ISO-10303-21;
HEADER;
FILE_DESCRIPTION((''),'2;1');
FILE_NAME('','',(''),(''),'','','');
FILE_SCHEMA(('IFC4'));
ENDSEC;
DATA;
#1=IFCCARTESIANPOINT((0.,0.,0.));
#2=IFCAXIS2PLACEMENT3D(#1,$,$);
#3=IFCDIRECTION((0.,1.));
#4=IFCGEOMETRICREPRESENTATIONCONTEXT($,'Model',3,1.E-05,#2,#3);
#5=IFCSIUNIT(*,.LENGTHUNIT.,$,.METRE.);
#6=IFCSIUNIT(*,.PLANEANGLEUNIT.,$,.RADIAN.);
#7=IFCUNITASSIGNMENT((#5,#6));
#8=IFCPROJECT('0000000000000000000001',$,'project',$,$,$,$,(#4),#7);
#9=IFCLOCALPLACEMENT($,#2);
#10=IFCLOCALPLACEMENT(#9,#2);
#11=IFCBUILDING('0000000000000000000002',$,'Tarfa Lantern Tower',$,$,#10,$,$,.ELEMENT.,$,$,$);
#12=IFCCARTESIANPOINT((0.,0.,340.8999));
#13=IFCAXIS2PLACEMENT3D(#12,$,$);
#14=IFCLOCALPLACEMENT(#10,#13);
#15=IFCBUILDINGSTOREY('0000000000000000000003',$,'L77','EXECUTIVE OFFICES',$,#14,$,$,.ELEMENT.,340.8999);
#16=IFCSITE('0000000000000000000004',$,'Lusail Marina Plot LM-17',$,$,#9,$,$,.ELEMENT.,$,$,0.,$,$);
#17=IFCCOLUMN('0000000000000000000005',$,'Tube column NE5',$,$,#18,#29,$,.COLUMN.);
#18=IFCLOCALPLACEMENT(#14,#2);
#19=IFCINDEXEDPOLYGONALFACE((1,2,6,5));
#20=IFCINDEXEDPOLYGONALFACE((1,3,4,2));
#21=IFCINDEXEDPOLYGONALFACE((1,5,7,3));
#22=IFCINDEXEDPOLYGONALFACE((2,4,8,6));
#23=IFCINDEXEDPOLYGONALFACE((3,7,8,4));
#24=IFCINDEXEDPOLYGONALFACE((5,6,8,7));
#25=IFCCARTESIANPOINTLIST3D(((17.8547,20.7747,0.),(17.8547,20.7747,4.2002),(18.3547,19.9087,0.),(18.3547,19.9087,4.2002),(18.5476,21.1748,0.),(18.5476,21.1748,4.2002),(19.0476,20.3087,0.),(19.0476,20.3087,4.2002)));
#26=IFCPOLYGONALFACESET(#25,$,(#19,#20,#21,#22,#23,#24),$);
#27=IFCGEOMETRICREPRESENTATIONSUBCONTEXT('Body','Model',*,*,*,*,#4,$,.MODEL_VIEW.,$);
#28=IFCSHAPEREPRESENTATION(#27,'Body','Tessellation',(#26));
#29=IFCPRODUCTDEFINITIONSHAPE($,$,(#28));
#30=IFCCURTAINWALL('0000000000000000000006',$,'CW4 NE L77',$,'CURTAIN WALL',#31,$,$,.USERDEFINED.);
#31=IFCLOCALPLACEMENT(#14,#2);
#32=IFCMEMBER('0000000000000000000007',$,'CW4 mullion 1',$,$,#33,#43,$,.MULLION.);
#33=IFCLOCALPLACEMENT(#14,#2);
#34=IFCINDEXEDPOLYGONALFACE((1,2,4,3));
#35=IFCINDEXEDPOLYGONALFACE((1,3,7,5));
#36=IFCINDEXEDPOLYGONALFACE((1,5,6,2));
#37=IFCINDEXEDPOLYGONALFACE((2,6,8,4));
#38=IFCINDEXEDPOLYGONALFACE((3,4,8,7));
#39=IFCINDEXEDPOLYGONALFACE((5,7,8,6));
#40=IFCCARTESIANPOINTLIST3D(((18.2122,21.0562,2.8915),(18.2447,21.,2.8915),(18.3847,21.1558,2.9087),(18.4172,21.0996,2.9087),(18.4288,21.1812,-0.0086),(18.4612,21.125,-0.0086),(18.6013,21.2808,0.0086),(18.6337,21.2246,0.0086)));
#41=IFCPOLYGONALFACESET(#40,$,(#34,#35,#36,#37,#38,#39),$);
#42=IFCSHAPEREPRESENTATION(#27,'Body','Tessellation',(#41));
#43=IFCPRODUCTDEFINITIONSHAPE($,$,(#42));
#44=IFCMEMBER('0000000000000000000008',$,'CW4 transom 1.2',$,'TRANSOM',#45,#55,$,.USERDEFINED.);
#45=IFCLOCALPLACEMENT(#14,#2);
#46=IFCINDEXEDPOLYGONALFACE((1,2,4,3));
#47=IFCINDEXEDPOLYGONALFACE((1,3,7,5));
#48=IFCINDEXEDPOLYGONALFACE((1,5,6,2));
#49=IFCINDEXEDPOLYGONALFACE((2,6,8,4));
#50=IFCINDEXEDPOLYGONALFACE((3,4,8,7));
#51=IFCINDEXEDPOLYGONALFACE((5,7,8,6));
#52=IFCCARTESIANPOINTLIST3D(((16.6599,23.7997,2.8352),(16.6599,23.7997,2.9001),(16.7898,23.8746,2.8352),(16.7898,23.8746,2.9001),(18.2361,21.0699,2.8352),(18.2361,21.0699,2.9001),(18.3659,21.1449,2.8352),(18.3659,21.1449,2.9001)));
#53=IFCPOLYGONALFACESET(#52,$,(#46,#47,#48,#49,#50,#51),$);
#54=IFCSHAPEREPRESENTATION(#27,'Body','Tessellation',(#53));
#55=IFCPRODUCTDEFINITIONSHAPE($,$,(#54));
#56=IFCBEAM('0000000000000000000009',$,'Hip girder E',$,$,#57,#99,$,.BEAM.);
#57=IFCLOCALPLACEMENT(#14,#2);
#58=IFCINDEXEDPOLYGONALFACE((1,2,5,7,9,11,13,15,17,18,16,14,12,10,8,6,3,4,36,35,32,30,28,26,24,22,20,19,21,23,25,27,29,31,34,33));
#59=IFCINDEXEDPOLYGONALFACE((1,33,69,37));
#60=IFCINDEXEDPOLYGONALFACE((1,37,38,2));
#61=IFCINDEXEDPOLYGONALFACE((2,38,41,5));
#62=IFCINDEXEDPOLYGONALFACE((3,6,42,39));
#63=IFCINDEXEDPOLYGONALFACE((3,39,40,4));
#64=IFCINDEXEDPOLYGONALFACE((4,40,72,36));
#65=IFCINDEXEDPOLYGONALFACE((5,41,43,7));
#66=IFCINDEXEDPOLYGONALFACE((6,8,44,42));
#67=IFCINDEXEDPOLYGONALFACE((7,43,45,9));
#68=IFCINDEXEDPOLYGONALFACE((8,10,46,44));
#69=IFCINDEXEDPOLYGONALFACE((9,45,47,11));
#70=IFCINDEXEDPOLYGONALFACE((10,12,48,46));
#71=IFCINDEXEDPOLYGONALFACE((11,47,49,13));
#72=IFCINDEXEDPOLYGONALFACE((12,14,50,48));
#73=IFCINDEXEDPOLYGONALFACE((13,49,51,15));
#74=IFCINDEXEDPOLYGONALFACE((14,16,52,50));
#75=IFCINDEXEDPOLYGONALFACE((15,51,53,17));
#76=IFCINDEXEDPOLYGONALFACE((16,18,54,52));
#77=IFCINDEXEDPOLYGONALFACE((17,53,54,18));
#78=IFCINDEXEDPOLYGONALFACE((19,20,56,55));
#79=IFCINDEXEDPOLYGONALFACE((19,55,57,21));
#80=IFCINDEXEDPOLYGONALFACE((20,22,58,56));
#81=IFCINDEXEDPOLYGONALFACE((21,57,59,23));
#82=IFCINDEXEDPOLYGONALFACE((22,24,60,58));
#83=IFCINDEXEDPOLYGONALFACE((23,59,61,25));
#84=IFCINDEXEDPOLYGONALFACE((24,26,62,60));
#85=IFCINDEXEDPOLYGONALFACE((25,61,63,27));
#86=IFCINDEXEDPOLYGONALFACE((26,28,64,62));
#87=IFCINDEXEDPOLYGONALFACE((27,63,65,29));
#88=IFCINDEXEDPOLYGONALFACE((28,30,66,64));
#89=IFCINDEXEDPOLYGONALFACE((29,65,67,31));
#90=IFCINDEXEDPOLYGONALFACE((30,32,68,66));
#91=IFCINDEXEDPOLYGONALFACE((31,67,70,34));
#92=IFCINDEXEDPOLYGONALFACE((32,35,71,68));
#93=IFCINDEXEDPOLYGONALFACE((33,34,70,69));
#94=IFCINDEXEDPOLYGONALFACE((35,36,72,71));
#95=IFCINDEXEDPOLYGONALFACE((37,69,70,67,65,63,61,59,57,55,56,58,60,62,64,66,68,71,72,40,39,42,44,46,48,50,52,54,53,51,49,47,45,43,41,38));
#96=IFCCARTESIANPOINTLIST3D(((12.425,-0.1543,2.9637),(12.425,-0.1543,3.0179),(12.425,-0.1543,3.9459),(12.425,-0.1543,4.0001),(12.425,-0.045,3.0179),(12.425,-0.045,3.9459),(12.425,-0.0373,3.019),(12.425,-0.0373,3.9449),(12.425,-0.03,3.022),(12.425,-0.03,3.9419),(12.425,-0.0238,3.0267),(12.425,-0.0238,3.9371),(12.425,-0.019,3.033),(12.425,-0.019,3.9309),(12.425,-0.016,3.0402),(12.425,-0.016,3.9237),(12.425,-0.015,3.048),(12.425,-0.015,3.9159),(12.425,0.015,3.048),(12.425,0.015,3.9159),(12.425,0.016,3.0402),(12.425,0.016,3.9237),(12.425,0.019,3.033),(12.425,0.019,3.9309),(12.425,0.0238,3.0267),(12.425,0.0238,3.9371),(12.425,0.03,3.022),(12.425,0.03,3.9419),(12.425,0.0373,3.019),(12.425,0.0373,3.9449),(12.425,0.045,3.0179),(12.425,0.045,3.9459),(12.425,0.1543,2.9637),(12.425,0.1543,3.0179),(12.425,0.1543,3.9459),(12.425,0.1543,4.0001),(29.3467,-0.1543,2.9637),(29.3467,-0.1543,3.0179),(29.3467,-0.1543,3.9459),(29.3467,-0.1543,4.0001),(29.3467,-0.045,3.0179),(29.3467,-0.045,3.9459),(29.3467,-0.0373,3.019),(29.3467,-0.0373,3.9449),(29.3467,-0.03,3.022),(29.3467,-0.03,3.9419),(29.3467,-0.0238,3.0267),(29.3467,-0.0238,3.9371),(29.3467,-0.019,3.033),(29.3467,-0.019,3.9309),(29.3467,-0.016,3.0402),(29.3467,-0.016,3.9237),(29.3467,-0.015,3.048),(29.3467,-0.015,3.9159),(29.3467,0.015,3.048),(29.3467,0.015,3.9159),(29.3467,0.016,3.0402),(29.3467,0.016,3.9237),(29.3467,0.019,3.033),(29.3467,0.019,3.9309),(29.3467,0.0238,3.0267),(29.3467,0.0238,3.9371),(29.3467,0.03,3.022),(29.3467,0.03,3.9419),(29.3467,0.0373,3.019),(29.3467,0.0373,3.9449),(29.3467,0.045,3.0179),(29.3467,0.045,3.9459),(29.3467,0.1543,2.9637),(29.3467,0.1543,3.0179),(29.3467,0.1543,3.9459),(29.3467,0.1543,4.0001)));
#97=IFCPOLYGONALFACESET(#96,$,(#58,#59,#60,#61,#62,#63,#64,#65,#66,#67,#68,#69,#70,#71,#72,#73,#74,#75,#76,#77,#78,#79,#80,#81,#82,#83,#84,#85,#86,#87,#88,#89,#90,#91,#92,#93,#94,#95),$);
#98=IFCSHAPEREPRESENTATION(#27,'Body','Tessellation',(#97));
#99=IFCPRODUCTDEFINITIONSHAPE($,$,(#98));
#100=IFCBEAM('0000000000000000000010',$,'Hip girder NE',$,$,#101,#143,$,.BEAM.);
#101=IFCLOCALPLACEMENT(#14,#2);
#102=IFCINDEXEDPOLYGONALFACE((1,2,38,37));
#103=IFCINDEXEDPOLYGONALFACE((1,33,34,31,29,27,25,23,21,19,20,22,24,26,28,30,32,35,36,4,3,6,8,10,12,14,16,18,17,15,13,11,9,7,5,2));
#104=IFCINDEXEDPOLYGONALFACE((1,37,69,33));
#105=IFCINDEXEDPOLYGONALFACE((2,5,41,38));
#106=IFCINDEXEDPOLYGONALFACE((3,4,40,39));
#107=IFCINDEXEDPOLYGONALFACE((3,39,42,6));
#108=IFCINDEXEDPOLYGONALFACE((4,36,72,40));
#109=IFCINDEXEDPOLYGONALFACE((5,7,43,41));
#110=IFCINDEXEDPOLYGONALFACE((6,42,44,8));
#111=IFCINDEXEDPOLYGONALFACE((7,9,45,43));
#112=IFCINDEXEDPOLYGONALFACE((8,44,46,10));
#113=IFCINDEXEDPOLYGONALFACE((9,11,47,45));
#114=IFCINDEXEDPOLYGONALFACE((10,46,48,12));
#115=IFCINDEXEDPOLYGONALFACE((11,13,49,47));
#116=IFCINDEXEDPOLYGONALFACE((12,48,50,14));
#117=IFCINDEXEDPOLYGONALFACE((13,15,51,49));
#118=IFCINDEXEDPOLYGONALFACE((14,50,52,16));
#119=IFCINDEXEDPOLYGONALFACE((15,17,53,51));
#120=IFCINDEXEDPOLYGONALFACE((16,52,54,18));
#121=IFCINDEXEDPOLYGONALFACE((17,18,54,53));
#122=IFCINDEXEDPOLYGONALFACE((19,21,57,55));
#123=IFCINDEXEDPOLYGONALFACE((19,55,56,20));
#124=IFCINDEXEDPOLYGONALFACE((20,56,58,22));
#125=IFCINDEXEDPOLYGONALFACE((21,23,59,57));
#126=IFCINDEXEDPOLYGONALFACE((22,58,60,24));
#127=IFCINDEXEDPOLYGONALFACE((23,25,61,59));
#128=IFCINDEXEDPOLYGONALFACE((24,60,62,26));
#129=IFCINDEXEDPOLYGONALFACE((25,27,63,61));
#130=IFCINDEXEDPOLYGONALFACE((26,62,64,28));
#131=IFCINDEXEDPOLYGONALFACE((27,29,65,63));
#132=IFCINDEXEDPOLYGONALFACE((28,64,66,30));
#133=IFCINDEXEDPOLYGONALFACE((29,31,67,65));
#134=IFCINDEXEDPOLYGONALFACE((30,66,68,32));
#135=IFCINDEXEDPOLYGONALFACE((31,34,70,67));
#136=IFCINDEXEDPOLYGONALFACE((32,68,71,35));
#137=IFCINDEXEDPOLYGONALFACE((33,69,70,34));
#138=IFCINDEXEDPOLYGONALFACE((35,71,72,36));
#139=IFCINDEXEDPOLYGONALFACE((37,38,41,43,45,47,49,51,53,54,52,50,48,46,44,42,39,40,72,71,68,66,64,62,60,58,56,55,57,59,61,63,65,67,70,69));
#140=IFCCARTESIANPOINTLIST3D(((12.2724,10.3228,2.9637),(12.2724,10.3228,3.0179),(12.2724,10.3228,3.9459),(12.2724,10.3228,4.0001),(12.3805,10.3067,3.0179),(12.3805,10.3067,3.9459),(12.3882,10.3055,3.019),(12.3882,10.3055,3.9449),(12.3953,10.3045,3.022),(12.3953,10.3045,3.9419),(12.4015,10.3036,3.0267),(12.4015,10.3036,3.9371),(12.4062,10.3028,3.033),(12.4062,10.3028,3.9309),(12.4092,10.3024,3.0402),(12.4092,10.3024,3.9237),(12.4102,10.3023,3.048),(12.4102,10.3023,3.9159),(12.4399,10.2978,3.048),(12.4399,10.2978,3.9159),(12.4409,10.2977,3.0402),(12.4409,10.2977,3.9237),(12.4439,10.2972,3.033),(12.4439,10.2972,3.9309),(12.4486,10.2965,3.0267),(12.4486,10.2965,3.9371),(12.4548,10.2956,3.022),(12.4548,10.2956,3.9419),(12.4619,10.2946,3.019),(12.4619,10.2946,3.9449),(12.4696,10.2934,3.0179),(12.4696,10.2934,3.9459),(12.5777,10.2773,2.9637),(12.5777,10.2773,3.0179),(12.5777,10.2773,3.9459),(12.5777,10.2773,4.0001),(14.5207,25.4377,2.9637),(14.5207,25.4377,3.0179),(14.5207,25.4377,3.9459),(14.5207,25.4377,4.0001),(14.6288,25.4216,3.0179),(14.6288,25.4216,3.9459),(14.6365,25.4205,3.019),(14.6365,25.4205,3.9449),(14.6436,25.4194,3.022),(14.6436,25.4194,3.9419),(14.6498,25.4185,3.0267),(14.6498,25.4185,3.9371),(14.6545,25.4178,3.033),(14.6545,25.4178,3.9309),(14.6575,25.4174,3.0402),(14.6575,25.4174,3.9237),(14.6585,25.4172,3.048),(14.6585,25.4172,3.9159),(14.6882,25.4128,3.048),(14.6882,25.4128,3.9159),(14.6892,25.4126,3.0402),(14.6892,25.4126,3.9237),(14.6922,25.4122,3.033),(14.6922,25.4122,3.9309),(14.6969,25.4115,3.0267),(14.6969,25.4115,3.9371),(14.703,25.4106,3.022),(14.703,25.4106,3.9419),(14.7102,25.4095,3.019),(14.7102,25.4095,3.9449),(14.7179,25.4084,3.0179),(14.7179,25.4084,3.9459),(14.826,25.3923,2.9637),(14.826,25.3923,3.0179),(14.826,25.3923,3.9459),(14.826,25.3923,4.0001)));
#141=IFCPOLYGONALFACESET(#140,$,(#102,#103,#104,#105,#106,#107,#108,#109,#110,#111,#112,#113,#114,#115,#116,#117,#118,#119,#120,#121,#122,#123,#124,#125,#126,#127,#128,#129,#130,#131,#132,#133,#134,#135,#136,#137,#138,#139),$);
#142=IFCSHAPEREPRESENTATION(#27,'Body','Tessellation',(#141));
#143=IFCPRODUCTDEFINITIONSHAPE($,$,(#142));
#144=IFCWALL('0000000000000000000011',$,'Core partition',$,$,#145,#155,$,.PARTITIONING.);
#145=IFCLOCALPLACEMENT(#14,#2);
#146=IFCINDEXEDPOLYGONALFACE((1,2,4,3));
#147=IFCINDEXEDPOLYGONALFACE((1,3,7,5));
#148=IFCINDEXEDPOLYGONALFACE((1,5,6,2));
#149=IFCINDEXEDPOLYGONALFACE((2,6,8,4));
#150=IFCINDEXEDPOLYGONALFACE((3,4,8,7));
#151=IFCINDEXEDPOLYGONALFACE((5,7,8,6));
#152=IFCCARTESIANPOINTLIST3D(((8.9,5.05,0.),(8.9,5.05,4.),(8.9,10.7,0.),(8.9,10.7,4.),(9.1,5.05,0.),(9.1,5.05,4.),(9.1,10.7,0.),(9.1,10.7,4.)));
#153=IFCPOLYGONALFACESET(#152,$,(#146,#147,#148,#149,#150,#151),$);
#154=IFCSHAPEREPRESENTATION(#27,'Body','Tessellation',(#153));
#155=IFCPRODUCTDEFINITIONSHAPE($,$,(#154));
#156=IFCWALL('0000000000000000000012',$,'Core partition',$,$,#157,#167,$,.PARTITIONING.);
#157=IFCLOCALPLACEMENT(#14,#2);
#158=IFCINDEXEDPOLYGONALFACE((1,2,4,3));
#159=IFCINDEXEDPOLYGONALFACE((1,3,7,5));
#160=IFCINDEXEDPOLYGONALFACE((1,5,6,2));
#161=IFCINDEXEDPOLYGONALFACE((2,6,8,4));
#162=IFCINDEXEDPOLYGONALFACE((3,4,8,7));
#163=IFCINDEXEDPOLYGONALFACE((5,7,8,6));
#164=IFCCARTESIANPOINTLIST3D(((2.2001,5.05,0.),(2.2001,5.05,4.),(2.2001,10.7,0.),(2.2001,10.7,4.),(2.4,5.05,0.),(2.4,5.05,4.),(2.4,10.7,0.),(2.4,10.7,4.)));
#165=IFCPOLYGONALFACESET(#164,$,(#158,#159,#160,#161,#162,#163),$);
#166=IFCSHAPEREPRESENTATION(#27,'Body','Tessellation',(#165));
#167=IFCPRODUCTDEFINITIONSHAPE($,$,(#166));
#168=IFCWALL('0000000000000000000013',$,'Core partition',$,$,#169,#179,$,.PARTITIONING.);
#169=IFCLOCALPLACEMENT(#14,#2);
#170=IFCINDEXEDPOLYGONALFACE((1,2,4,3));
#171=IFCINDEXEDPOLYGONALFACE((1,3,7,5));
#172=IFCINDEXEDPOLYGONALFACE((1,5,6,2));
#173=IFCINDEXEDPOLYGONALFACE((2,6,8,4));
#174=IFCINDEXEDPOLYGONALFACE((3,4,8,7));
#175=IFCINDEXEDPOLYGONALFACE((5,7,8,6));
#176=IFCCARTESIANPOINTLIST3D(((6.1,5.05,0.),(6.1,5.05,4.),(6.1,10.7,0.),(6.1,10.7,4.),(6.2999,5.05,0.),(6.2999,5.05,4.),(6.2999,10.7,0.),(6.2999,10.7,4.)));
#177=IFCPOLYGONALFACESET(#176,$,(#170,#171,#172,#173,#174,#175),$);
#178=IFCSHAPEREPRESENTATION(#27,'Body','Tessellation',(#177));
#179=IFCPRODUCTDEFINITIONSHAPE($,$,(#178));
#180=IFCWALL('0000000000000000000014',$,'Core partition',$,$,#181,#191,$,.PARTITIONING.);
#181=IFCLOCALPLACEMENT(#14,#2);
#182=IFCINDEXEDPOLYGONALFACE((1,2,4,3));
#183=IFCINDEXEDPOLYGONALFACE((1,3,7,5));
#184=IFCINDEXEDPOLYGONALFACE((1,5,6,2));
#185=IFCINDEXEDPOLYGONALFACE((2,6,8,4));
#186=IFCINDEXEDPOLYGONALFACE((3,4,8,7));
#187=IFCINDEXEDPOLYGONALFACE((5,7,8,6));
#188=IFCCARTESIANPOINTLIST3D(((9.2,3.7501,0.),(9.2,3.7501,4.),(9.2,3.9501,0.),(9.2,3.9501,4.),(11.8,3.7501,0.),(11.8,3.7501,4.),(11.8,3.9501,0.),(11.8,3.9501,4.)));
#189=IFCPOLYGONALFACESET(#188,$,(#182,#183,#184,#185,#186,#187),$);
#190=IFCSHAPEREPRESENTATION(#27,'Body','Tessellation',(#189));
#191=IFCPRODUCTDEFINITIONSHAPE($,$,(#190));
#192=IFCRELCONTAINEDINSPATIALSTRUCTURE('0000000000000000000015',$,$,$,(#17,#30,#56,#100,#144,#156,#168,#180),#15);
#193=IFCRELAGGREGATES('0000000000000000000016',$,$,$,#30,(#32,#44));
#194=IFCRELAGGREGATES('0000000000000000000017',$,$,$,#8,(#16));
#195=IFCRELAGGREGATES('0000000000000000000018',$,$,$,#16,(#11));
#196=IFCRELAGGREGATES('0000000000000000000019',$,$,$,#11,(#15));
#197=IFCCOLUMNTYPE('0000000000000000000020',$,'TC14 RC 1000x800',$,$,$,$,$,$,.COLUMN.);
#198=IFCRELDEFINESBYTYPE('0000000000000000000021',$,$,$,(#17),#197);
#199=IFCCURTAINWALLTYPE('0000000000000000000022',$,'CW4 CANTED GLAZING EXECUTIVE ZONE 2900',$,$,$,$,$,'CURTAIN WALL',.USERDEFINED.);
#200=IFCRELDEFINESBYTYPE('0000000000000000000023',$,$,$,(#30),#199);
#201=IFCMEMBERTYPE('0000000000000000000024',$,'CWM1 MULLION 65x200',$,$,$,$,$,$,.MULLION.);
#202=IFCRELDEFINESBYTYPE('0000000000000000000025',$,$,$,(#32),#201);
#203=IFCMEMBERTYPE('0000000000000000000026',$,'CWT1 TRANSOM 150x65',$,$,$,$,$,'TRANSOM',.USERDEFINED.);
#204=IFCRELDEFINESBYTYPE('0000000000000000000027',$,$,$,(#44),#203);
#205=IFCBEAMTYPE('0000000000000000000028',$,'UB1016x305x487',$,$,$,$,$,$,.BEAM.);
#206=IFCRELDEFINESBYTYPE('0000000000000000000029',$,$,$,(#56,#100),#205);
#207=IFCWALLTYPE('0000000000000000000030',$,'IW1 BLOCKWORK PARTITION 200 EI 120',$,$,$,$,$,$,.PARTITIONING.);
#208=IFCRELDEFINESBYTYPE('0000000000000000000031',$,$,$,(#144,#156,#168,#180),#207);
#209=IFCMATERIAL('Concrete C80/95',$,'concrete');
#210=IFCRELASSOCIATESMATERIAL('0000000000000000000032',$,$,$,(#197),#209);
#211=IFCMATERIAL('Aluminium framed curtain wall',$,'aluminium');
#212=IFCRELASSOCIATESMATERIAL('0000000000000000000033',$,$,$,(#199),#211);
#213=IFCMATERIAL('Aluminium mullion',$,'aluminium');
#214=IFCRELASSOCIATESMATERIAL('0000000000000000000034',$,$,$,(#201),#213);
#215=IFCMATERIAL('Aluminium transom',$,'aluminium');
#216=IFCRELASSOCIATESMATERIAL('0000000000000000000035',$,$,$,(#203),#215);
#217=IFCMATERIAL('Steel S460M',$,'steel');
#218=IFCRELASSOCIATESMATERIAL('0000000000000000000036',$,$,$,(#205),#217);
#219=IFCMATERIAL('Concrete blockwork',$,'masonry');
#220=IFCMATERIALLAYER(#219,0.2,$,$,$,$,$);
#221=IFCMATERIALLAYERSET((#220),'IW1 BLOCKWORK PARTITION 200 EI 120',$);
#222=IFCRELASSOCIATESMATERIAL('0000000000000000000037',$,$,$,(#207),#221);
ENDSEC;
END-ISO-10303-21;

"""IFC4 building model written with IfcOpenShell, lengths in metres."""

from ifc_helpers import new_model, si_unit, direction, frame, frame_2d, origin, origin_2d, place, context, subcontext, project, spatial, rectangle, i_section, extrude, material, layer, layer_set, material_profile, profile_set, type_object, element, aggregate, save


model = new_model("IFC4")

# Units and contexts
model_context = context("Model", 3, precision=1e-05, world=origin(), true_north=direction((0.0, 1.0)))
body_context = subcontext(model_context, "Body", "Model", "MODEL_VIEW")
ifc_project = project(units=[si_unit("LENGTHUNIT", "METRE"), si_unit("PLANEANGLEUNIT", "RADIAN")], contexts=[model_context])

# Site, building, storey
site_placement = place(None, origin())
site = spatial("IfcSite", under=ifc_project, at=site_placement, Name="Lusail Marina Plot LM-17", CompositionType="ELEMENT", RefElevation=0.0)
building_placement = place(site_placement, origin())
building = spatial("IfcBuilding", under=site, at=building_placement, Name="Tarfa Lantern Tower", CompositionType="ELEMENT")
storey_placement = place(building_placement, frame((0.0, 0.0, 340.8999)))
storey = spatial("IfcBuildingStorey", under=building, at=storey_placement, Name="L77", Description="EXECUTIVE OFFICES", CompositionType="ELEMENT", Elevation=340.8999)

# Column
ifc_material_1 = material(Name="Concrete C80/95", Category="concrete")
ifc_material_profile_1 = material_profile(ifc_material_1, rectangle(XDim=1.0, YDim=0.8, at=origin_2d()), Name="RC 1000x800")
ifc_profile_set_1 = profile_set([ifc_material_profile_1], Name="Concrete C80/95")
column_type = type_object("IfcColumnType", Name="TC14 RC 1000x800", PredefinedType="COLUMN", material=ifc_profile_set_1)
column_placement = place(storey_placement, frame((18.4512, 20.5417, 0.0), z_axis=(0.0, 0.0, 1.0), x_axis=(-0.5, 0.866025, 0.0)))
element("IfcColumn", 1, at=column_placement, inside=storey, type_object=column_type, Name="Tube column NE5", PredefinedType="COLUMN", context=body_context, shape_type="SweptSolid", body=[
    extrude(rectangle(XDim=1.0, YDim=0.8, at=origin_2d()), origin(), (0.0, 0.0, 1.0), 4.2002),
])

# Curtain wall, members
ifc_material_2 = material(Name="Aluminium framed curtain wall", Category="aluminium")
curtain_wall_type = type_object("IfcCurtainWallType", Name="CW4 CANTED GLAZING EXECUTIVE ZONE 2900", ElementType="CURTAIN WALL", PredefinedType="USERDEFINED", material=ifc_material_2)
curtain_wall_placement = place(storey_placement, origin())
curtain_wall = element("IfcCurtainWall", 2, at=curtain_wall_placement, inside=storey, type_object=curtain_wall_type, Name="CW4 NE L77", ObjectType="CURTAIN WALL", PredefinedType="USERDEFINED")
ifc_material_3 = material(Name="Aluminium mullion", Category="aluminium")
ifc_material_profile_2 = material_profile(ifc_material_3, rectangle(XDim=0.0649, YDim=0.2, at=origin_2d()), Name="AL MULLION 65x200")
ifc_profile_set_2 = profile_set([ifc_material_profile_2], Name="Aluminium mullion")
member_type_1 = type_object("IfcMemberType", Name="CWM1 MULLION 65x200", PredefinedType="MULLION", material=ifc_profile_set_2)
member_1_placement = place(storey_placement, frame((18.5312, 21.2029, 0.0), z_axis=(-0.074394, -0.042942, 0.996304), x_axis=(0.49992, -0.866072, 0.0)))
member_1 = element("IfcMember", 3, at=member_1_placement, type_object=member_type_1, Name="CW4 mullion 1", PredefinedType="MULLION", context=body_context, shape_type="SweptSolid", body=[
    extrude(rectangle(XDim=0.0649, YDim=0.2, at=origin_2d()), origin(), (0.0, 0.0, 1.0), 2.9109),
])
ifc_material_4 = material(Name="Aluminium transom", Category="aluminium")
ifc_material_profile_3 = material_profile(ifc_material_4, rectangle(XDim=0.1499, YDim=0.0649, at=origin_2d()), Name="AL TRANSOM 150x65")
ifc_profile_set_3 = profile_set([ifc_material_profile_3], Name="Aluminium transom")
member_type_2 = type_object("IfcMemberType", Name="CWT1 TRANSOM 150x65", ElementType="TRANSOM", PredefinedType="USERDEFINED", material=ifc_profile_set_3)
member_2_placement = place(storey_placement, frame((18.301, 21.1074, 2.8677), z_axis=(-0.500038, 0.866004, 0.0), x_axis=(-0.866004, -0.500038, 0.0)))
member_2 = element("IfcMember", 4, at=member_2_placement, type_object=member_type_2, Name="CW4 transom 1.2", ObjectType="TRANSOM", PredefinedType="USERDEFINED", context=body_context, shape_type="SweptSolid", body=[
    extrude(rectangle(XDim=0.1499, YDim=0.0649, at=origin_2d()), origin(), (0.0, 0.0, 1.0), 3.1521),
])
aggregate(curtain_wall, [member_1, member_2])

# Beams
ifc_material_5 = material(Name="Steel S460M", Category="steel")
ifc_material_profile_4 = material_profile(ifc_material_5, i_section(OverallWidth=0.3086, OverallDepth=1.0364, WebThickness=0.03, FlangeThickness=0.0542, FilletRadius=0.03, at=origin_2d()), Name="UB1016x305x487")
ifc_profile_set_4 = profile_set([ifc_material_profile_4], Name="Steel S460M")
beam_type = type_object("IfcBeamType", Name="UB1016x305x487", PredefinedType="BEAM", material=ifc_profile_set_4)
beam_1_placement = place(storey_placement, frame((12.425, 0.0, 3.4819), z_axis=(1.0, 0.0, 0.0), x_axis=(0.0, 1.0, 0.0)))
element("IfcBeam", 5, at=beam_1_placement, inside=storey, type_object=beam_type, Name="Hip girder E", PredefinedType="BEAM", context=body_context, shape_type="SweptSolid", body=[
    extrude(i_section(OverallWidth=0.3086, OverallDepth=1.0364, WebThickness=0.03, FlangeThickness=0.0542, FilletRadius=0.03, at=origin_2d()), origin(), (0.0, 0.0, 1.0), 16.9216),
])
beam_2_placement = place(storey_placement, frame((12.425, 10.3, 3.4819), z_axis=(0.147127, 0.989118, 0.0), x_axis=(-0.989118, 0.147127, 0.0)))
element("IfcBeam", 6, at=beam_2_placement, inside=storey, type_object=beam_type, Name="Hip girder NE", PredefinedType="BEAM", context=body_context, shape_type="SweptSolid", body=[
    extrude(i_section(OverallWidth=0.3086, OverallDepth=1.0364, WebThickness=0.03, FlangeThickness=0.0542, FilletRadius=0.03, at=origin_2d()), origin(), (0.0, 0.0, 1.0), 15.2812),
])

# Walls
ifc_material_6 = material(Name="Concrete blockwork", Category="masonry")
ifc_layer_1 = layer(ifc_material_6, 0.2)
ifc_layer_set_1 = layer_set([ifc_layer_1], Name="IW1 BLOCKWORK PARTITION 200 EI 120")
wall_type_1 = type_object("IfcWallType", Name="IW1 BLOCKWORK PARTITION 200 EI 120", PredefinedType="PARTITIONING", material=ifc_layer_set_1)
for number, where, z_axis, x_axis, name in (
    (7, (9.0, 5.05, 0.0), (0.0, 0.0, 1.0), (0.0, 1.0, 0.0), "Core partition"),
    (8, (2.3, 5.05, 0.0), (0.0, 0.0, 1.0), (0.0, 1.0, 0.0), "Core partition"),
    (9, (6.2, 5.05, 0.0), (0.0, 0.0, 1.0), (0.0, 1.0, 0.0), "Core partition"),
):
    element("IfcWall", number, at=place(storey_placement, frame(where, z_axis=z_axis, x_axis=x_axis)), inside=storey, type_object=wall_type_1, Name=name, PredefinedType="PARTITIONING", context=body_context, shape_type="SweptSolid", body=[
        extrude(rectangle(XDim=5.6499, YDim=0.2, at=frame_2d((2.825, 0.0))), origin(), (0.0, 0.0, 1.0), 4.0),
    ])
wall_1_placement = place(storey_placement, frame((9.2, 3.8501, 0.0), z_axis=(0.0, 0.0, 1.0), x_axis=(1.0, 0.0, 0.0)))
element("IfcWall", 10, at=wall_1_placement, inside=storey, type_object=wall_type_1, Name="Core partition", PredefinedType="PARTITIONING", context=body_context, shape_type="SweptSolid", body=[
    extrude(rectangle(XDim=2.6001, YDim=0.2, at=frame_2d((1.3, 0.0))), origin(), (0.0, 0.0, 1.0), 4.0),
])

save(model, "model.ifc")
